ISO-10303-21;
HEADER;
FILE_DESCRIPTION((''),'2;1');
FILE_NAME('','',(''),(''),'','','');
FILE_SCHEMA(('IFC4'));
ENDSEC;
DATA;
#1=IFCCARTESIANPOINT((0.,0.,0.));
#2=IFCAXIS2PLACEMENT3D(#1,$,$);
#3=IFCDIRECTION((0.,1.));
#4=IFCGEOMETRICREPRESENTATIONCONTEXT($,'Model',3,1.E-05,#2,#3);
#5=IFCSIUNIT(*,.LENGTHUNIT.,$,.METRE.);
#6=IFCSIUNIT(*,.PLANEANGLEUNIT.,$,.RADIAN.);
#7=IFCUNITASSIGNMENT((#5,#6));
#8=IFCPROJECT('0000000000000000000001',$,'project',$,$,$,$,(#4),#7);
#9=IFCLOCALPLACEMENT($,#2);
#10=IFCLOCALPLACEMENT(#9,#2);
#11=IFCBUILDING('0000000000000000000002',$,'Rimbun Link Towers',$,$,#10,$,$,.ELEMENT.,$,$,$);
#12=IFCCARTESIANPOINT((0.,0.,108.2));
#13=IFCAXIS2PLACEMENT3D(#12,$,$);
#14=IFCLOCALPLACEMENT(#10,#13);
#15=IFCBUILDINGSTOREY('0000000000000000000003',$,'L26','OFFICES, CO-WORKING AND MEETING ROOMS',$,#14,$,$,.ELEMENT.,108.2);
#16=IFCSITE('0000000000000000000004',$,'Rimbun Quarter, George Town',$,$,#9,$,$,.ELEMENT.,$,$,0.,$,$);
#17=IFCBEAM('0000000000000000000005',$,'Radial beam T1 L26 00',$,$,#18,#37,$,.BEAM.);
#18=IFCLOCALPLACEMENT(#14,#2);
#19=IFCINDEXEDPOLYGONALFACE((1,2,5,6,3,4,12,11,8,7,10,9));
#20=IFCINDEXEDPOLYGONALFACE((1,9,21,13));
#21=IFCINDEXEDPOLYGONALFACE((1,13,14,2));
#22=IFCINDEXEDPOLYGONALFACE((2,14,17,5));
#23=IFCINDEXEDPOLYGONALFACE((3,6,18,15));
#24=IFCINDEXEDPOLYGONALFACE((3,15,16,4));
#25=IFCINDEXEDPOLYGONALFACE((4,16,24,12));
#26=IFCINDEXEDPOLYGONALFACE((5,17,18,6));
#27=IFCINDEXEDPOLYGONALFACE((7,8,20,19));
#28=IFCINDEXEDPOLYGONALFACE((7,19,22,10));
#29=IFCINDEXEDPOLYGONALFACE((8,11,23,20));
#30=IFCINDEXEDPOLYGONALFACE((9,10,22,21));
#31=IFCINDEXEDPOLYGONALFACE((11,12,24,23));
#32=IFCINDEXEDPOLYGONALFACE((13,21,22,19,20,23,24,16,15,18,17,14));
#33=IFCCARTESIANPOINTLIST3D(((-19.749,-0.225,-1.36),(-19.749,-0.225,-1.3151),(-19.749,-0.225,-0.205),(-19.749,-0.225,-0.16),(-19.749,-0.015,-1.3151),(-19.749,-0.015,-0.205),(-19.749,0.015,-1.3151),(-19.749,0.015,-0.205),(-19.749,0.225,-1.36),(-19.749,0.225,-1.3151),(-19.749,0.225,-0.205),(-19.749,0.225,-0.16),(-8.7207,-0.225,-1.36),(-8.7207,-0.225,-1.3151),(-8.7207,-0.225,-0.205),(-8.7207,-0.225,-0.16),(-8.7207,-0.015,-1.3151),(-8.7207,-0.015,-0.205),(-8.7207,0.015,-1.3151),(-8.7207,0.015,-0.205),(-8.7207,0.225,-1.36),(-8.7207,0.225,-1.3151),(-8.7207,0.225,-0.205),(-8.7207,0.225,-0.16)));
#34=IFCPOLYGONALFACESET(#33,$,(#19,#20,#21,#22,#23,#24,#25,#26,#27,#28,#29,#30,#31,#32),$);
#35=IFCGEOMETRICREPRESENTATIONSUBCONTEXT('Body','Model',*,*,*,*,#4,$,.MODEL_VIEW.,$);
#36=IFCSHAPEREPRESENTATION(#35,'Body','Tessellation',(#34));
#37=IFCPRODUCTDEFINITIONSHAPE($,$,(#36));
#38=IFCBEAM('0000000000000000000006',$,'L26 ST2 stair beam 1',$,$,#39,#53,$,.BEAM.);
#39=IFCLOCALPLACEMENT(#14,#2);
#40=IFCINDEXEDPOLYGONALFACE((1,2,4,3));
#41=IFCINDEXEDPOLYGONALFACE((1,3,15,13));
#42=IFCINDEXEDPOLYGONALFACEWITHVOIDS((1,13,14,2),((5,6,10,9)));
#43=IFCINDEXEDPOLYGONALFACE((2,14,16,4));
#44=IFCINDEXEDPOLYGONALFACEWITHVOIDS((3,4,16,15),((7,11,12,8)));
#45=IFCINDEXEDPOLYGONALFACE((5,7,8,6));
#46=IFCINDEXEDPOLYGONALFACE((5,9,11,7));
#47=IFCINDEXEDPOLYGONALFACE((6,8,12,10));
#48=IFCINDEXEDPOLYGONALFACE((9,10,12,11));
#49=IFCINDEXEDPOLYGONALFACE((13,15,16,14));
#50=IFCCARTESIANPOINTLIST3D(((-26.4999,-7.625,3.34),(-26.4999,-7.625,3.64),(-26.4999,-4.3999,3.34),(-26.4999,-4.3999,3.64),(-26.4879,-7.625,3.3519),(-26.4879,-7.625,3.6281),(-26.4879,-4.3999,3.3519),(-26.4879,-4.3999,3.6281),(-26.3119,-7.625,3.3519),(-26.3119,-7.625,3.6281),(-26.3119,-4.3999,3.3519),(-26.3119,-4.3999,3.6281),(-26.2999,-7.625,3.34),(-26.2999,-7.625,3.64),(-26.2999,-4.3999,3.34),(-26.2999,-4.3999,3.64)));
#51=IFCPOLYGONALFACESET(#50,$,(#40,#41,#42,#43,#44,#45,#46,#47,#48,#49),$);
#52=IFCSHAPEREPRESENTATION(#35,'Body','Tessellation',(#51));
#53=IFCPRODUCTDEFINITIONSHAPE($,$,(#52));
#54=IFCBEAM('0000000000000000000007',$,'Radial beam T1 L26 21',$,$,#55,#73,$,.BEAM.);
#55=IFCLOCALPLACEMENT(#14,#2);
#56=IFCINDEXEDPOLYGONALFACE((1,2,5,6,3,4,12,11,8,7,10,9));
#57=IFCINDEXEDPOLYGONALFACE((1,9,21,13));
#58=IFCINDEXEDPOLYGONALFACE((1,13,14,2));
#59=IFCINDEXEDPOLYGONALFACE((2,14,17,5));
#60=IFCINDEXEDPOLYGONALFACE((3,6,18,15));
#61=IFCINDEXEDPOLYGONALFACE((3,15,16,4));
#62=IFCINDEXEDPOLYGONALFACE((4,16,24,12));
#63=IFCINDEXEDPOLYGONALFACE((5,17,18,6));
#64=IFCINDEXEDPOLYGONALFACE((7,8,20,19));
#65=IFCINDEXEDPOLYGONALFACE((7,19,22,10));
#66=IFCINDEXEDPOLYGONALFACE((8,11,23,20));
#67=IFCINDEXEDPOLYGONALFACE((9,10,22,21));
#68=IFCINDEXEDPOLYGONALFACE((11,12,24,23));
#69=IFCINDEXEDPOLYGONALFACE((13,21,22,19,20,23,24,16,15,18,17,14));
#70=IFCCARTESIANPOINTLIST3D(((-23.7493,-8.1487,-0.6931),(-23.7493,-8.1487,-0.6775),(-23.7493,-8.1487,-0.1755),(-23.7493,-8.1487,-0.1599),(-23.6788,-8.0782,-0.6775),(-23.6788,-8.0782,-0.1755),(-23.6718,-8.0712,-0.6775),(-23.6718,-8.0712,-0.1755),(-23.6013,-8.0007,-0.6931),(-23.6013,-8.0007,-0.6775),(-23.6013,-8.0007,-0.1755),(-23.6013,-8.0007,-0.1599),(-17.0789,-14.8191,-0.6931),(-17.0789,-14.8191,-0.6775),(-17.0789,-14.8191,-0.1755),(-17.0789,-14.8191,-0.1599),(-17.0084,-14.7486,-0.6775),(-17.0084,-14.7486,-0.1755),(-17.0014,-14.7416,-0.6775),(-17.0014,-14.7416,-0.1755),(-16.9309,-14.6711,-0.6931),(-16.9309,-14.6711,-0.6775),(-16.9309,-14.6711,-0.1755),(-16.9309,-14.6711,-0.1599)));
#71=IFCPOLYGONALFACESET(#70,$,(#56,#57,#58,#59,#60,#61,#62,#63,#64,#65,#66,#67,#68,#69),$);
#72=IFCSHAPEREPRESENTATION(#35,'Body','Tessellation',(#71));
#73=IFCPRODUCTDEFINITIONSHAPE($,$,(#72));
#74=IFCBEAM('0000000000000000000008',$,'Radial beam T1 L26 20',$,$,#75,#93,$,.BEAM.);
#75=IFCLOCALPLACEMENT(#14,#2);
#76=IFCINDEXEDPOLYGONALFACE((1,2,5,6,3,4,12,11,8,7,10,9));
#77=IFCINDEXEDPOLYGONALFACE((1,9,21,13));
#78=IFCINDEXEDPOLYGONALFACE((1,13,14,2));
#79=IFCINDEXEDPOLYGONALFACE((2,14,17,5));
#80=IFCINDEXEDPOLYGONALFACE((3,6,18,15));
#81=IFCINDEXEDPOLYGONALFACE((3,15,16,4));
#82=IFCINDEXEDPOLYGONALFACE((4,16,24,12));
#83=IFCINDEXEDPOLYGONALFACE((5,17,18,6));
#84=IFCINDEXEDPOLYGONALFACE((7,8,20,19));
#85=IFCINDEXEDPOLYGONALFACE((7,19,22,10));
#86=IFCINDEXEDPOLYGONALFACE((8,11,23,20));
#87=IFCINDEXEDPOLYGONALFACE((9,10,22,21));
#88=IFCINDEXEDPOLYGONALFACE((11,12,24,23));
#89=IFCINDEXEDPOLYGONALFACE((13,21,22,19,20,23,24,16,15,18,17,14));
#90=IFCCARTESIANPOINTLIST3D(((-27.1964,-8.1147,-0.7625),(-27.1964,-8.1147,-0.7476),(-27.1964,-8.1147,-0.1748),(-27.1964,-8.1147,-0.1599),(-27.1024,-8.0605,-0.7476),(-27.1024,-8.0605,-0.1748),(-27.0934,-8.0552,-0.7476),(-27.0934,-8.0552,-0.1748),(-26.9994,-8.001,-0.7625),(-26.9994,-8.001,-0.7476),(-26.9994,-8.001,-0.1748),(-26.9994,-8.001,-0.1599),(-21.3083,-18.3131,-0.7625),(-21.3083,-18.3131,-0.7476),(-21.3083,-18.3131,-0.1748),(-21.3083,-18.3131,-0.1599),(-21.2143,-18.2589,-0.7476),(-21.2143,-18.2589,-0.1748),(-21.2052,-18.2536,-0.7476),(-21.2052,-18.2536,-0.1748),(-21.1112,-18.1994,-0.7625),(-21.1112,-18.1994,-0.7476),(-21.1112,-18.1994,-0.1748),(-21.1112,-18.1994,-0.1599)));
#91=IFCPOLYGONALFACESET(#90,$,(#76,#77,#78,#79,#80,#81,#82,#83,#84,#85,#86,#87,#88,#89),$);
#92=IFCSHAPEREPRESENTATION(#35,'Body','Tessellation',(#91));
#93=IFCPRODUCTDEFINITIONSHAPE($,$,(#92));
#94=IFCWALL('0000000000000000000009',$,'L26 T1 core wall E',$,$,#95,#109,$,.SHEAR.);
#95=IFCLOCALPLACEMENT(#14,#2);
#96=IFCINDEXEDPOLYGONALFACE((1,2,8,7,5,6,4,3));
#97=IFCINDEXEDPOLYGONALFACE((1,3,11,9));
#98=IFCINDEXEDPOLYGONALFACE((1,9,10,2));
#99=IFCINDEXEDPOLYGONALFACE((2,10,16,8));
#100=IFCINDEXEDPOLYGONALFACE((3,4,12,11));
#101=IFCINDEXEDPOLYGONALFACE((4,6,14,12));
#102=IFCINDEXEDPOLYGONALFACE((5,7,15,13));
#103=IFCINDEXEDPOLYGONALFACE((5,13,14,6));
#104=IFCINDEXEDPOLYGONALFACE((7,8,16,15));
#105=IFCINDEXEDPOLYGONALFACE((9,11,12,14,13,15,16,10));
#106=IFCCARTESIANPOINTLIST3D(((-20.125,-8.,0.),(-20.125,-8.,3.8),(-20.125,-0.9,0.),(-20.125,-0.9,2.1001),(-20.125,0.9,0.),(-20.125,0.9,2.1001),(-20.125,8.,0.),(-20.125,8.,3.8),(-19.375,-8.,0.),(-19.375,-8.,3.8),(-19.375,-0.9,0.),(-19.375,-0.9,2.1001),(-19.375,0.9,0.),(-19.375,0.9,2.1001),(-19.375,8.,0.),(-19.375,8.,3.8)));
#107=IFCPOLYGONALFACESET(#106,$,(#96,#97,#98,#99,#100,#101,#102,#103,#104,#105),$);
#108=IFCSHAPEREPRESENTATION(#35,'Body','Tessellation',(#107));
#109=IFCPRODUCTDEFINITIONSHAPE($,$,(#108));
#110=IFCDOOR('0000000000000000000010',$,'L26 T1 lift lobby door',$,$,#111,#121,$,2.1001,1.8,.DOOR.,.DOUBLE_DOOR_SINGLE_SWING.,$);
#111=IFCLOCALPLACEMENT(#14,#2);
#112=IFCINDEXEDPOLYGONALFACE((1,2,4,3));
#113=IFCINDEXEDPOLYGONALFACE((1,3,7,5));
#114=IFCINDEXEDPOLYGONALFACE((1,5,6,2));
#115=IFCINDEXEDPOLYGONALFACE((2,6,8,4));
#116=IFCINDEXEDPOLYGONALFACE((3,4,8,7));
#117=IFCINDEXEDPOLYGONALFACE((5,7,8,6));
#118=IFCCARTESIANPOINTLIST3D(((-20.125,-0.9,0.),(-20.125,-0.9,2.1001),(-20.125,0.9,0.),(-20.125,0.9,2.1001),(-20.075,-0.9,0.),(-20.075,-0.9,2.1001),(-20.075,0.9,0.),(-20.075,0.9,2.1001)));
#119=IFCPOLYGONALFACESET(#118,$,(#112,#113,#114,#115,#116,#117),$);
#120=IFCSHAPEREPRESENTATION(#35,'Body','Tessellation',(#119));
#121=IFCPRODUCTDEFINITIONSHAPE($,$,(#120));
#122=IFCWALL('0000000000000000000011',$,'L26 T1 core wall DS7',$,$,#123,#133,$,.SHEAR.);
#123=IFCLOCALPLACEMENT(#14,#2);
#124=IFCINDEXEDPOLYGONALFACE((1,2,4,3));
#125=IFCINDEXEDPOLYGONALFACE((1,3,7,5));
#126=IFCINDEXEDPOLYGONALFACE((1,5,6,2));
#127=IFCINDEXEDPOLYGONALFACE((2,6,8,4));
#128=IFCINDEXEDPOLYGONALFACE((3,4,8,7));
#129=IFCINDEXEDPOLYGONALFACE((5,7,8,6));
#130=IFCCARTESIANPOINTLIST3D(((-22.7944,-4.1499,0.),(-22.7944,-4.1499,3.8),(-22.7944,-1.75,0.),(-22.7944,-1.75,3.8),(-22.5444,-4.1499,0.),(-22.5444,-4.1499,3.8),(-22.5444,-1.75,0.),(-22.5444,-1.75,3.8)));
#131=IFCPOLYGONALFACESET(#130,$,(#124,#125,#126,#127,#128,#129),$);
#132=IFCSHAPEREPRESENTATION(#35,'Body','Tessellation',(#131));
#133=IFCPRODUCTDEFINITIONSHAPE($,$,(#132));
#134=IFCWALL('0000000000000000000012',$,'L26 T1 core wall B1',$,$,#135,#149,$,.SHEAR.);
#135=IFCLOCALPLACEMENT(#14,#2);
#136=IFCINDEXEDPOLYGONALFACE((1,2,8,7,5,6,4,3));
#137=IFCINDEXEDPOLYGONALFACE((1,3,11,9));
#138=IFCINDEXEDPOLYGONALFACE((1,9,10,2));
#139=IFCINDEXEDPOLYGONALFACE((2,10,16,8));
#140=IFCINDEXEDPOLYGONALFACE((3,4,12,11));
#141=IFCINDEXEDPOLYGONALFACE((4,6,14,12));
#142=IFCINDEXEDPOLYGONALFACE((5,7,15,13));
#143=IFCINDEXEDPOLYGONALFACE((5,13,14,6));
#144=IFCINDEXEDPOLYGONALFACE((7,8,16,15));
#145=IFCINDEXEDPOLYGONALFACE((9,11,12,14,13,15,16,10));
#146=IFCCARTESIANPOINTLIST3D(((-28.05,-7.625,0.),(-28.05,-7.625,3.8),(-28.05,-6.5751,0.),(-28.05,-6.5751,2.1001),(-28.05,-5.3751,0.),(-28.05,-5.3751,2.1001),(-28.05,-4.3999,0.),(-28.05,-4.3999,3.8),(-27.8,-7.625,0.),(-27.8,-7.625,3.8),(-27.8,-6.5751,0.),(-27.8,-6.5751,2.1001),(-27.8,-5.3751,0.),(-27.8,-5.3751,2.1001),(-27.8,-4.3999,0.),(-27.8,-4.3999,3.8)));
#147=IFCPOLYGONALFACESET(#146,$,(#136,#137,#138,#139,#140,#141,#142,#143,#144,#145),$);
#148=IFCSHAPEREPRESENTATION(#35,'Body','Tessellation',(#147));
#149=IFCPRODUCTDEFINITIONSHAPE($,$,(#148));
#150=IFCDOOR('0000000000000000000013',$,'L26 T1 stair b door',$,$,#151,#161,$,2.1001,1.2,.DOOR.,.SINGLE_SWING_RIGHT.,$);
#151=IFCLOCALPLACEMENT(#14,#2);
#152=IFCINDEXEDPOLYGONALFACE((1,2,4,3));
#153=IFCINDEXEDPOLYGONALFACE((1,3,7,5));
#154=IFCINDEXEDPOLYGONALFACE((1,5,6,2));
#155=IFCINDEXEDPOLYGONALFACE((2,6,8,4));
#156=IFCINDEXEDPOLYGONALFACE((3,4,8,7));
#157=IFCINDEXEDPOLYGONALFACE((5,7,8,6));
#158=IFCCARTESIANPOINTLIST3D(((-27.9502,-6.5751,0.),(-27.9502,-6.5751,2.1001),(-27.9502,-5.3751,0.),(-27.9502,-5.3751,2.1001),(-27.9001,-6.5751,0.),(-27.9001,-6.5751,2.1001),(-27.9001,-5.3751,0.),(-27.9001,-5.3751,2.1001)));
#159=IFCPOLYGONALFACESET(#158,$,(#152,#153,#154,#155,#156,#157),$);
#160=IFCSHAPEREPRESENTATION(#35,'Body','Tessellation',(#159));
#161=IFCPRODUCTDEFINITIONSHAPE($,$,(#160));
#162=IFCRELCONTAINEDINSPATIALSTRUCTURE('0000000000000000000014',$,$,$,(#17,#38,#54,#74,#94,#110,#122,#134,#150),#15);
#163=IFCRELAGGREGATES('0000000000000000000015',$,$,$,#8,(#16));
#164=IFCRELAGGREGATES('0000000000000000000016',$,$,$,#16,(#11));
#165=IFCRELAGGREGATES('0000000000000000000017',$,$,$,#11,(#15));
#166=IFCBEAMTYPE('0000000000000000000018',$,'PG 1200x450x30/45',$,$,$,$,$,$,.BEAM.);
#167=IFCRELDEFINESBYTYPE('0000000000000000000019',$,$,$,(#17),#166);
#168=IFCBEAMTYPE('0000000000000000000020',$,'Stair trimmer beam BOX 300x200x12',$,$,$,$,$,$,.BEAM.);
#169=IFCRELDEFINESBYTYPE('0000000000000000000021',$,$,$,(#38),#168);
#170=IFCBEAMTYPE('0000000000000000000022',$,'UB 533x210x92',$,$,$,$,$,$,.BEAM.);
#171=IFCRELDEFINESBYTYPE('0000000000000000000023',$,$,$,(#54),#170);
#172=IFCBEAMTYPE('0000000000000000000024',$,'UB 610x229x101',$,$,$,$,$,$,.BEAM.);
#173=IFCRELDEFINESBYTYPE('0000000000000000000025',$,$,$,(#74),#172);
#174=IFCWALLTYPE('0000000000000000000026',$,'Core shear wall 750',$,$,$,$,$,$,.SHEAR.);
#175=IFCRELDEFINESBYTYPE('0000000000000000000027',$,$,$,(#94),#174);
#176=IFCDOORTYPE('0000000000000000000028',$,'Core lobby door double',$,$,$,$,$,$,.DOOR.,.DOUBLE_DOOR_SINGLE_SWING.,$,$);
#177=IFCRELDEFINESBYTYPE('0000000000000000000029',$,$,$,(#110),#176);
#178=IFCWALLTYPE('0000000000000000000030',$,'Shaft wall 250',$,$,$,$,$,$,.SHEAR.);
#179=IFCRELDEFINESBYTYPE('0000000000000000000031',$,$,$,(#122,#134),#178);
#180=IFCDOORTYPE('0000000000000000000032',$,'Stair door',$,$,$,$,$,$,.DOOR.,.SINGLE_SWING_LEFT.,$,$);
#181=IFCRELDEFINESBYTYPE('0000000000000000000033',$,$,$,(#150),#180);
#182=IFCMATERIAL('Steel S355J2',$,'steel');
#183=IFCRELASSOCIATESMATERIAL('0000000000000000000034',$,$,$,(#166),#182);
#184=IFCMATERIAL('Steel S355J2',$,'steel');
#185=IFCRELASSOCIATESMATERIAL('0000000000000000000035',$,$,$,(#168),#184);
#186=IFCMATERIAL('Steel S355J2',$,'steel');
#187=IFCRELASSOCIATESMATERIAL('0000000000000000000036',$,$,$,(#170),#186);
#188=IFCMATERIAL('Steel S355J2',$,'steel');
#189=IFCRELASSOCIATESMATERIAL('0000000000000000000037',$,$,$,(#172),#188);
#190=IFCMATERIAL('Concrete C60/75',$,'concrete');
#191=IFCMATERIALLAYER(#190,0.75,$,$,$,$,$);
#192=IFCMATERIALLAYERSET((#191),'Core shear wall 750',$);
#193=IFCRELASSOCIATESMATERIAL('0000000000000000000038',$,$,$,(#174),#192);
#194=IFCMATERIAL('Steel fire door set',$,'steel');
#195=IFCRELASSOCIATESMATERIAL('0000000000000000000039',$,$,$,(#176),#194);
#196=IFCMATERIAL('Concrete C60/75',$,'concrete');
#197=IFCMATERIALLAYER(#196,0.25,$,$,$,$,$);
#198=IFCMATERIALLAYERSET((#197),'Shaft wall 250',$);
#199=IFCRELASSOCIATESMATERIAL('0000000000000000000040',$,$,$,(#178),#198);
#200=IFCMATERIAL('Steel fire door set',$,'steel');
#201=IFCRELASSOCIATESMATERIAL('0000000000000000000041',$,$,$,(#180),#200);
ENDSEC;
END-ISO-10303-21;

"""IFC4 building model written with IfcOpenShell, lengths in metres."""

from ifc_helpers import new_model, si_unit, direction, frame, frame_2d, origin, origin_2d, place, context, subcontext, project, spatial, rectangle, hollow_rectangle, i_section, extrude, material, layer, layer_set, material_profile, profile_set, type_object, element, fill, save


model = new_model("IFC4")

# Units and contexts
model_context = context("Model", 3, precision=1e-05, world=origin(), true_north=direction((0.0, 1.0)))
body_context = subcontext(model_context, "Body", "Model", "MODEL_VIEW")
ifc_project = project(units=[si_unit("LENGTHUNIT", "METRE"), si_unit("PLANEANGLEUNIT", "RADIAN")], contexts=[model_context])

# Site, building, storey
site_placement = place(None, origin())
site = spatial("IfcSite", under=ifc_project, at=site_placement, Name="Rimbun Quarter, George Town", CompositionType="ELEMENT", RefElevation=0.0)
building_placement = place(site_placement, origin())
building = spatial("IfcBuilding", under=site, at=building_placement, Name="Rimbun Link Towers", CompositionType="ELEMENT")
storey_placement = place(building_placement, frame((0.0, 0.0, 108.2)))
storey = spatial("IfcBuildingStorey", under=building, at=storey_placement, Name="L26", Description="OFFICES, CO-WORKING AND MEETING ROOMS", CompositionType="ELEMENT", Elevation=108.2)

# Beams
ifc_material_1 = material(Name="Steel S355J2", Category="steel")
ifc_material_profile_1 = material_profile(ifc_material_1, i_section(OverallWidth=0.45, OverallDepth=1.2, WebThickness=0.03, FlangeThickness=0.0449, at=origin_2d()), Name="PG 1200x450x30/45")
ifc_profile_set_1 = profile_set([ifc_material_profile_1], Name="Steel S355J2")
beam_type_1 = type_object("IfcBeamType", Name="PG 1200x450x30/45", PredefinedType="BEAM", material=ifc_profile_set_1)
beam_1_placement = place(storey_placement, frame((-19.749, 0.0, -0.76), z_axis=(1.0, 0.0, 0.0), x_axis=(0.0, 1.0, 0.0)))
element("IfcBeam", 1, at=beam_1_placement, inside=storey, type_object=beam_type_1, Name="Radial beam T1 L26 00", PredefinedType="BEAM", context=body_context, shape_type="SweptSolid", body=[
    extrude(i_section(OverallWidth=0.45, OverallDepth=1.2, WebThickness=0.03, FlangeThickness=0.0449, at=origin_2d()), origin(), (0.0, 0.0, 1.0), 11.0283),
])
ifc_material_2 = material(Name="Steel S355J2", Category="steel")
ifc_material_profile_2 = material_profile(ifc_material_2, hollow_rectangle(XDim=0.2, YDim=0.3, WallThickness=0.012, at=origin_2d()), Name="BOX 300x200x12")
ifc_profile_set_2 = profile_set([ifc_material_profile_2], Name="Steel S355J2")
beam_type_2 = type_object("IfcBeamType", Name="Stair trimmer beam BOX 300x200x12", PredefinedType="BEAM", material=ifc_profile_set_2)
beam_2_placement = place(storey_placement, frame((-26.3999, -7.625, 3.49), z_axis=(0.0, 1.0, 0.0), x_axis=(-1.0, 0.0, 0.0)))
element("IfcBeam", 2, at=beam_2_placement, inside=storey, type_object=beam_type_2, Name="L26 ST2 stair beam 1", PredefinedType="BEAM", context=body_context, shape_type="SweptSolid", body=[
    extrude(hollow_rectangle(XDim=0.2, YDim=0.3, WallThickness=0.012, at=origin_2d()), origin(), (0.0, 0.0, 1.0), 3.2251),
])
ifc_material_3 = material(Name="Steel S355J2", Category="steel")
ifc_material_profile_3 = material_profile(ifc_material_3, i_section(OverallWidth=0.2092, OverallDepth=0.5332, WebThickness=0.01, FlangeThickness=0.0156, at=origin_2d()), Name="UB 533x210x92")
ifc_profile_set_3 = profile_set([ifc_material_profile_3], Name="Steel S355J2")
beam_type_3 = type_object("IfcBeamType", Name="UB 533x210x92", PredefinedType="BEAM", material=ifc_profile_set_3)
beam_3_placement = place(storey_placement, frame((-23.6753, -8.0747, -0.4265), z_axis=(0.707107, -0.707107, 0.0), x_axis=(0.707107, 0.707107, 0.0)))
element("IfcBeam", 3, at=beam_3_placement, inside=storey, type_object=beam_type_3, Name="Radial beam T1 L26 21", PredefinedType="BEAM", context=body_context, shape_type="SweptSolid", body=[
    extrude(i_section(OverallWidth=0.2092, OverallDepth=0.5332, WebThickness=0.01, FlangeThickness=0.0156, at=origin_2d()), origin(), (0.0, 0.0, 1.0), 9.4333),
])
ifc_material_4 = material(Name="Steel S355J2", Category="steel")
ifc_material_profile_4 = material_profile(ifc_material_4, i_section(OverallWidth=0.2275, OverallDepth=0.6025, WebThickness=0.0105, FlangeThickness=0.0149, at=origin_2d()), Name="UB 610x229x101")
ifc_profile_set_4 = profile_set([ifc_material_profile_4], Name="Steel S355J2")
beam_type_4 = type_object("IfcBeamType", Name="UB 610x229x101", PredefinedType="BEAM", material=ifc_profile_set_4)
beam_4_placement = place(storey_placement, frame((-27.0979, -8.0579, -0.4612), z_axis=(0.500005, -0.866022, 0.0), x_axis=(0.866022, 0.500005, 0.0)))
element("IfcBeam", 4, at=beam_4_placement, inside=storey, type_object=beam_type_4, Name="Radial beam T1 L26 20", PredefinedType="BEAM", context=body_context, shape_type="SweptSolid", body=[
    extrude(i_section(OverallWidth=0.2275, OverallDepth=0.6025, WebThickness=0.0105, FlangeThickness=0.0149, at=origin_2d()), origin(), (0.0, 0.0, 1.0), 11.7761),
])

# Wall, opening, door
ifc_material_5 = material(Name="Concrete C60/75", Category="concrete")
ifc_layer_1 = layer(ifc_material_5, 0.75)
ifc_layer_set_1 = layer_set([ifc_layer_1], Name="Core shear wall 750")
wall_type_1 = type_object("IfcWallType", Name="Core shear wall 750", PredefinedType="SHEAR", material=ifc_layer_set_1)
wall_1_placement = place(storey_placement, frame((-19.75, -8.0, 0.0), z_axis=(0.0, 0.0, 1.0), x_axis=(0.0, 1.0, 0.0)))
wall_1 = element("IfcWall", 5, at=wall_1_placement, inside=storey, type_object=wall_type_1, Name="L26 T1 core wall E", PredefinedType="SHEAR", context=body_context, shape_type="SweptSolid", body=[
    extrude(rectangle(XDim=16.0, YDim=0.75, at=frame_2d((8.0, 0.0))), origin(), (0.0, 0.0, 1.0), 3.8),
])
opening_1_placement = place(wall_1_placement, frame((7.1001, 0.0, 0.0)))
opening_1 = element("IfcOpeningElement", 6, at=opening_1_placement, cuts=wall_1, PredefinedType="OPENING", context=body_context, shape_type="SweptSolid", body=[
    extrude(rectangle(XDim=1.8, YDim=2.1001, at=frame_2d((0.8999, 1.05))), frame((0.0, 0.385, 0.0), z_axis=(0.0, -1.0, 0.0), x_axis=(1.0, 0.0, 0.0)), (0.0, 0.0, 1.0), 0.77),
])
ifc_material_6 = material(Name="Steel fire door set", Category="steel")
door_type_1 = type_object("IfcDoorType", Name="Core lobby door double", OperationType="DOUBLE_DOOR_SINGLE_SWING", PredefinedType="DOOR", material=ifc_material_6)
door_1_placement = place(opening_1_placement, origin())
door_1 = element("IfcDoor", 7, at=door_1_placement, inside=storey, type_object=door_type_1, Name="L26 T1 lift lobby door", OperationType="DOUBLE_DOOR_SINGLE_SWING", OverallHeight=2.1001, OverallWidth=1.8, PredefinedType="DOOR", context=body_context, shape_type="SweptSolid", body=[
    extrude(rectangle(XDim=1.8, YDim=2.1001, at=frame_2d((0.8999, 1.05))), frame((0.0, 0.375, 0.0), z_axis=(0.0, -1.0, 0.0), x_axis=(1.0, 0.0, 0.0)), (0.0, 0.0, 1.0), 0.05),
])
fill(opening_1, door_1)

# Wall
ifc_material_7 = material(Name="Concrete C60/75", Category="concrete")
ifc_layer_2 = layer(ifc_material_7, 0.25)
ifc_layer_set_2 = layer_set([ifc_layer_2], Name="Shaft wall 250")
wall_type_2 = type_object("IfcWallType", Name="Shaft wall 250", PredefinedType="SHEAR", material=ifc_layer_set_2)
wall_2_placement = place(storey_placement, frame((-22.6694, -4.1499, 0.0), z_axis=(0.0, 0.0, 1.0), x_axis=(0.0, 1.0, 0.0)))
element("IfcWall", 8, at=wall_2_placement, inside=storey, type_object=wall_type_2, Name="L26 T1 core wall DS7", PredefinedType="SHEAR", context=body_context, shape_type="SweptSolid", body=[
    extrude(rectangle(XDim=2.3999, YDim=0.25, at=frame_2d((1.2, 0.0))), origin(), (0.0, 0.0, 1.0), 3.8),
])

# Wall, opening, door
wall_3_placement = place(storey_placement, frame((-27.925, -4.3999, 0.0), z_axis=(0.0, 0.0, 1.0), x_axis=(0.0, -1.0, 0.0)))
wall_3 = element("IfcWall", 9, at=wall_3_placement, inside=storey, type_object=wall_type_2, Name="L26 T1 core wall B1", PredefinedType="SHEAR", context=body_context, shape_type="SweptSolid", body=[
    extrude(rectangle(XDim=3.2251, YDim=0.25, at=frame_2d((1.6125, 0.0))), origin(), (0.0, 0.0, 1.0), 3.8),
])
opening_2_placement = place(wall_3_placement, frame((0.9751, 0.0, 0.0)))
opening_2 = element("IfcOpeningElement", 10, at=opening_2_placement, cuts=wall_3, PredefinedType="OPENING", context=body_context, shape_type="SweptSolid", body=[
    extrude(rectangle(XDim=1.2, YDim=2.1001, at=frame_2d((0.6001, 1.05))), frame((0.0, 0.135, 0.0), z_axis=(0.0, -1.0, 0.0), x_axis=(1.0, 0.0, 0.0)), (0.0, 0.0, 1.0), 0.27),
])
ifc_material_8 = material(Name="Steel fire door set", Category="steel")
door_type_2 = type_object("IfcDoorType", Name="Stair door", OperationType="SINGLE_SWING_LEFT", PredefinedType="DOOR", material=ifc_material_8)
door_2_placement = place(opening_2_placement, origin())
door_2 = element("IfcDoor", 11, at=door_2_placement, inside=storey, type_object=door_type_2, Name="L26 T1 stair b door", OperationType="SINGLE_SWING_RIGHT", OverallHeight=2.1001, OverallWidth=1.2, PredefinedType="DOOR", context=body_context, shape_type="SweptSolid", body=[
    extrude(rectangle(XDim=1.2, YDim=2.1001, at=frame_2d((0.6001, 1.05))), frame((0.0, 0.0249, 0.0), z_axis=(0.0, -1.0, 0.0), x_axis=(1.0, 0.0, 0.0)), (0.0, 0.0, 1.0), 0.05),
])
fill(opening_2, door_2)

save(model, "model.ifc")
